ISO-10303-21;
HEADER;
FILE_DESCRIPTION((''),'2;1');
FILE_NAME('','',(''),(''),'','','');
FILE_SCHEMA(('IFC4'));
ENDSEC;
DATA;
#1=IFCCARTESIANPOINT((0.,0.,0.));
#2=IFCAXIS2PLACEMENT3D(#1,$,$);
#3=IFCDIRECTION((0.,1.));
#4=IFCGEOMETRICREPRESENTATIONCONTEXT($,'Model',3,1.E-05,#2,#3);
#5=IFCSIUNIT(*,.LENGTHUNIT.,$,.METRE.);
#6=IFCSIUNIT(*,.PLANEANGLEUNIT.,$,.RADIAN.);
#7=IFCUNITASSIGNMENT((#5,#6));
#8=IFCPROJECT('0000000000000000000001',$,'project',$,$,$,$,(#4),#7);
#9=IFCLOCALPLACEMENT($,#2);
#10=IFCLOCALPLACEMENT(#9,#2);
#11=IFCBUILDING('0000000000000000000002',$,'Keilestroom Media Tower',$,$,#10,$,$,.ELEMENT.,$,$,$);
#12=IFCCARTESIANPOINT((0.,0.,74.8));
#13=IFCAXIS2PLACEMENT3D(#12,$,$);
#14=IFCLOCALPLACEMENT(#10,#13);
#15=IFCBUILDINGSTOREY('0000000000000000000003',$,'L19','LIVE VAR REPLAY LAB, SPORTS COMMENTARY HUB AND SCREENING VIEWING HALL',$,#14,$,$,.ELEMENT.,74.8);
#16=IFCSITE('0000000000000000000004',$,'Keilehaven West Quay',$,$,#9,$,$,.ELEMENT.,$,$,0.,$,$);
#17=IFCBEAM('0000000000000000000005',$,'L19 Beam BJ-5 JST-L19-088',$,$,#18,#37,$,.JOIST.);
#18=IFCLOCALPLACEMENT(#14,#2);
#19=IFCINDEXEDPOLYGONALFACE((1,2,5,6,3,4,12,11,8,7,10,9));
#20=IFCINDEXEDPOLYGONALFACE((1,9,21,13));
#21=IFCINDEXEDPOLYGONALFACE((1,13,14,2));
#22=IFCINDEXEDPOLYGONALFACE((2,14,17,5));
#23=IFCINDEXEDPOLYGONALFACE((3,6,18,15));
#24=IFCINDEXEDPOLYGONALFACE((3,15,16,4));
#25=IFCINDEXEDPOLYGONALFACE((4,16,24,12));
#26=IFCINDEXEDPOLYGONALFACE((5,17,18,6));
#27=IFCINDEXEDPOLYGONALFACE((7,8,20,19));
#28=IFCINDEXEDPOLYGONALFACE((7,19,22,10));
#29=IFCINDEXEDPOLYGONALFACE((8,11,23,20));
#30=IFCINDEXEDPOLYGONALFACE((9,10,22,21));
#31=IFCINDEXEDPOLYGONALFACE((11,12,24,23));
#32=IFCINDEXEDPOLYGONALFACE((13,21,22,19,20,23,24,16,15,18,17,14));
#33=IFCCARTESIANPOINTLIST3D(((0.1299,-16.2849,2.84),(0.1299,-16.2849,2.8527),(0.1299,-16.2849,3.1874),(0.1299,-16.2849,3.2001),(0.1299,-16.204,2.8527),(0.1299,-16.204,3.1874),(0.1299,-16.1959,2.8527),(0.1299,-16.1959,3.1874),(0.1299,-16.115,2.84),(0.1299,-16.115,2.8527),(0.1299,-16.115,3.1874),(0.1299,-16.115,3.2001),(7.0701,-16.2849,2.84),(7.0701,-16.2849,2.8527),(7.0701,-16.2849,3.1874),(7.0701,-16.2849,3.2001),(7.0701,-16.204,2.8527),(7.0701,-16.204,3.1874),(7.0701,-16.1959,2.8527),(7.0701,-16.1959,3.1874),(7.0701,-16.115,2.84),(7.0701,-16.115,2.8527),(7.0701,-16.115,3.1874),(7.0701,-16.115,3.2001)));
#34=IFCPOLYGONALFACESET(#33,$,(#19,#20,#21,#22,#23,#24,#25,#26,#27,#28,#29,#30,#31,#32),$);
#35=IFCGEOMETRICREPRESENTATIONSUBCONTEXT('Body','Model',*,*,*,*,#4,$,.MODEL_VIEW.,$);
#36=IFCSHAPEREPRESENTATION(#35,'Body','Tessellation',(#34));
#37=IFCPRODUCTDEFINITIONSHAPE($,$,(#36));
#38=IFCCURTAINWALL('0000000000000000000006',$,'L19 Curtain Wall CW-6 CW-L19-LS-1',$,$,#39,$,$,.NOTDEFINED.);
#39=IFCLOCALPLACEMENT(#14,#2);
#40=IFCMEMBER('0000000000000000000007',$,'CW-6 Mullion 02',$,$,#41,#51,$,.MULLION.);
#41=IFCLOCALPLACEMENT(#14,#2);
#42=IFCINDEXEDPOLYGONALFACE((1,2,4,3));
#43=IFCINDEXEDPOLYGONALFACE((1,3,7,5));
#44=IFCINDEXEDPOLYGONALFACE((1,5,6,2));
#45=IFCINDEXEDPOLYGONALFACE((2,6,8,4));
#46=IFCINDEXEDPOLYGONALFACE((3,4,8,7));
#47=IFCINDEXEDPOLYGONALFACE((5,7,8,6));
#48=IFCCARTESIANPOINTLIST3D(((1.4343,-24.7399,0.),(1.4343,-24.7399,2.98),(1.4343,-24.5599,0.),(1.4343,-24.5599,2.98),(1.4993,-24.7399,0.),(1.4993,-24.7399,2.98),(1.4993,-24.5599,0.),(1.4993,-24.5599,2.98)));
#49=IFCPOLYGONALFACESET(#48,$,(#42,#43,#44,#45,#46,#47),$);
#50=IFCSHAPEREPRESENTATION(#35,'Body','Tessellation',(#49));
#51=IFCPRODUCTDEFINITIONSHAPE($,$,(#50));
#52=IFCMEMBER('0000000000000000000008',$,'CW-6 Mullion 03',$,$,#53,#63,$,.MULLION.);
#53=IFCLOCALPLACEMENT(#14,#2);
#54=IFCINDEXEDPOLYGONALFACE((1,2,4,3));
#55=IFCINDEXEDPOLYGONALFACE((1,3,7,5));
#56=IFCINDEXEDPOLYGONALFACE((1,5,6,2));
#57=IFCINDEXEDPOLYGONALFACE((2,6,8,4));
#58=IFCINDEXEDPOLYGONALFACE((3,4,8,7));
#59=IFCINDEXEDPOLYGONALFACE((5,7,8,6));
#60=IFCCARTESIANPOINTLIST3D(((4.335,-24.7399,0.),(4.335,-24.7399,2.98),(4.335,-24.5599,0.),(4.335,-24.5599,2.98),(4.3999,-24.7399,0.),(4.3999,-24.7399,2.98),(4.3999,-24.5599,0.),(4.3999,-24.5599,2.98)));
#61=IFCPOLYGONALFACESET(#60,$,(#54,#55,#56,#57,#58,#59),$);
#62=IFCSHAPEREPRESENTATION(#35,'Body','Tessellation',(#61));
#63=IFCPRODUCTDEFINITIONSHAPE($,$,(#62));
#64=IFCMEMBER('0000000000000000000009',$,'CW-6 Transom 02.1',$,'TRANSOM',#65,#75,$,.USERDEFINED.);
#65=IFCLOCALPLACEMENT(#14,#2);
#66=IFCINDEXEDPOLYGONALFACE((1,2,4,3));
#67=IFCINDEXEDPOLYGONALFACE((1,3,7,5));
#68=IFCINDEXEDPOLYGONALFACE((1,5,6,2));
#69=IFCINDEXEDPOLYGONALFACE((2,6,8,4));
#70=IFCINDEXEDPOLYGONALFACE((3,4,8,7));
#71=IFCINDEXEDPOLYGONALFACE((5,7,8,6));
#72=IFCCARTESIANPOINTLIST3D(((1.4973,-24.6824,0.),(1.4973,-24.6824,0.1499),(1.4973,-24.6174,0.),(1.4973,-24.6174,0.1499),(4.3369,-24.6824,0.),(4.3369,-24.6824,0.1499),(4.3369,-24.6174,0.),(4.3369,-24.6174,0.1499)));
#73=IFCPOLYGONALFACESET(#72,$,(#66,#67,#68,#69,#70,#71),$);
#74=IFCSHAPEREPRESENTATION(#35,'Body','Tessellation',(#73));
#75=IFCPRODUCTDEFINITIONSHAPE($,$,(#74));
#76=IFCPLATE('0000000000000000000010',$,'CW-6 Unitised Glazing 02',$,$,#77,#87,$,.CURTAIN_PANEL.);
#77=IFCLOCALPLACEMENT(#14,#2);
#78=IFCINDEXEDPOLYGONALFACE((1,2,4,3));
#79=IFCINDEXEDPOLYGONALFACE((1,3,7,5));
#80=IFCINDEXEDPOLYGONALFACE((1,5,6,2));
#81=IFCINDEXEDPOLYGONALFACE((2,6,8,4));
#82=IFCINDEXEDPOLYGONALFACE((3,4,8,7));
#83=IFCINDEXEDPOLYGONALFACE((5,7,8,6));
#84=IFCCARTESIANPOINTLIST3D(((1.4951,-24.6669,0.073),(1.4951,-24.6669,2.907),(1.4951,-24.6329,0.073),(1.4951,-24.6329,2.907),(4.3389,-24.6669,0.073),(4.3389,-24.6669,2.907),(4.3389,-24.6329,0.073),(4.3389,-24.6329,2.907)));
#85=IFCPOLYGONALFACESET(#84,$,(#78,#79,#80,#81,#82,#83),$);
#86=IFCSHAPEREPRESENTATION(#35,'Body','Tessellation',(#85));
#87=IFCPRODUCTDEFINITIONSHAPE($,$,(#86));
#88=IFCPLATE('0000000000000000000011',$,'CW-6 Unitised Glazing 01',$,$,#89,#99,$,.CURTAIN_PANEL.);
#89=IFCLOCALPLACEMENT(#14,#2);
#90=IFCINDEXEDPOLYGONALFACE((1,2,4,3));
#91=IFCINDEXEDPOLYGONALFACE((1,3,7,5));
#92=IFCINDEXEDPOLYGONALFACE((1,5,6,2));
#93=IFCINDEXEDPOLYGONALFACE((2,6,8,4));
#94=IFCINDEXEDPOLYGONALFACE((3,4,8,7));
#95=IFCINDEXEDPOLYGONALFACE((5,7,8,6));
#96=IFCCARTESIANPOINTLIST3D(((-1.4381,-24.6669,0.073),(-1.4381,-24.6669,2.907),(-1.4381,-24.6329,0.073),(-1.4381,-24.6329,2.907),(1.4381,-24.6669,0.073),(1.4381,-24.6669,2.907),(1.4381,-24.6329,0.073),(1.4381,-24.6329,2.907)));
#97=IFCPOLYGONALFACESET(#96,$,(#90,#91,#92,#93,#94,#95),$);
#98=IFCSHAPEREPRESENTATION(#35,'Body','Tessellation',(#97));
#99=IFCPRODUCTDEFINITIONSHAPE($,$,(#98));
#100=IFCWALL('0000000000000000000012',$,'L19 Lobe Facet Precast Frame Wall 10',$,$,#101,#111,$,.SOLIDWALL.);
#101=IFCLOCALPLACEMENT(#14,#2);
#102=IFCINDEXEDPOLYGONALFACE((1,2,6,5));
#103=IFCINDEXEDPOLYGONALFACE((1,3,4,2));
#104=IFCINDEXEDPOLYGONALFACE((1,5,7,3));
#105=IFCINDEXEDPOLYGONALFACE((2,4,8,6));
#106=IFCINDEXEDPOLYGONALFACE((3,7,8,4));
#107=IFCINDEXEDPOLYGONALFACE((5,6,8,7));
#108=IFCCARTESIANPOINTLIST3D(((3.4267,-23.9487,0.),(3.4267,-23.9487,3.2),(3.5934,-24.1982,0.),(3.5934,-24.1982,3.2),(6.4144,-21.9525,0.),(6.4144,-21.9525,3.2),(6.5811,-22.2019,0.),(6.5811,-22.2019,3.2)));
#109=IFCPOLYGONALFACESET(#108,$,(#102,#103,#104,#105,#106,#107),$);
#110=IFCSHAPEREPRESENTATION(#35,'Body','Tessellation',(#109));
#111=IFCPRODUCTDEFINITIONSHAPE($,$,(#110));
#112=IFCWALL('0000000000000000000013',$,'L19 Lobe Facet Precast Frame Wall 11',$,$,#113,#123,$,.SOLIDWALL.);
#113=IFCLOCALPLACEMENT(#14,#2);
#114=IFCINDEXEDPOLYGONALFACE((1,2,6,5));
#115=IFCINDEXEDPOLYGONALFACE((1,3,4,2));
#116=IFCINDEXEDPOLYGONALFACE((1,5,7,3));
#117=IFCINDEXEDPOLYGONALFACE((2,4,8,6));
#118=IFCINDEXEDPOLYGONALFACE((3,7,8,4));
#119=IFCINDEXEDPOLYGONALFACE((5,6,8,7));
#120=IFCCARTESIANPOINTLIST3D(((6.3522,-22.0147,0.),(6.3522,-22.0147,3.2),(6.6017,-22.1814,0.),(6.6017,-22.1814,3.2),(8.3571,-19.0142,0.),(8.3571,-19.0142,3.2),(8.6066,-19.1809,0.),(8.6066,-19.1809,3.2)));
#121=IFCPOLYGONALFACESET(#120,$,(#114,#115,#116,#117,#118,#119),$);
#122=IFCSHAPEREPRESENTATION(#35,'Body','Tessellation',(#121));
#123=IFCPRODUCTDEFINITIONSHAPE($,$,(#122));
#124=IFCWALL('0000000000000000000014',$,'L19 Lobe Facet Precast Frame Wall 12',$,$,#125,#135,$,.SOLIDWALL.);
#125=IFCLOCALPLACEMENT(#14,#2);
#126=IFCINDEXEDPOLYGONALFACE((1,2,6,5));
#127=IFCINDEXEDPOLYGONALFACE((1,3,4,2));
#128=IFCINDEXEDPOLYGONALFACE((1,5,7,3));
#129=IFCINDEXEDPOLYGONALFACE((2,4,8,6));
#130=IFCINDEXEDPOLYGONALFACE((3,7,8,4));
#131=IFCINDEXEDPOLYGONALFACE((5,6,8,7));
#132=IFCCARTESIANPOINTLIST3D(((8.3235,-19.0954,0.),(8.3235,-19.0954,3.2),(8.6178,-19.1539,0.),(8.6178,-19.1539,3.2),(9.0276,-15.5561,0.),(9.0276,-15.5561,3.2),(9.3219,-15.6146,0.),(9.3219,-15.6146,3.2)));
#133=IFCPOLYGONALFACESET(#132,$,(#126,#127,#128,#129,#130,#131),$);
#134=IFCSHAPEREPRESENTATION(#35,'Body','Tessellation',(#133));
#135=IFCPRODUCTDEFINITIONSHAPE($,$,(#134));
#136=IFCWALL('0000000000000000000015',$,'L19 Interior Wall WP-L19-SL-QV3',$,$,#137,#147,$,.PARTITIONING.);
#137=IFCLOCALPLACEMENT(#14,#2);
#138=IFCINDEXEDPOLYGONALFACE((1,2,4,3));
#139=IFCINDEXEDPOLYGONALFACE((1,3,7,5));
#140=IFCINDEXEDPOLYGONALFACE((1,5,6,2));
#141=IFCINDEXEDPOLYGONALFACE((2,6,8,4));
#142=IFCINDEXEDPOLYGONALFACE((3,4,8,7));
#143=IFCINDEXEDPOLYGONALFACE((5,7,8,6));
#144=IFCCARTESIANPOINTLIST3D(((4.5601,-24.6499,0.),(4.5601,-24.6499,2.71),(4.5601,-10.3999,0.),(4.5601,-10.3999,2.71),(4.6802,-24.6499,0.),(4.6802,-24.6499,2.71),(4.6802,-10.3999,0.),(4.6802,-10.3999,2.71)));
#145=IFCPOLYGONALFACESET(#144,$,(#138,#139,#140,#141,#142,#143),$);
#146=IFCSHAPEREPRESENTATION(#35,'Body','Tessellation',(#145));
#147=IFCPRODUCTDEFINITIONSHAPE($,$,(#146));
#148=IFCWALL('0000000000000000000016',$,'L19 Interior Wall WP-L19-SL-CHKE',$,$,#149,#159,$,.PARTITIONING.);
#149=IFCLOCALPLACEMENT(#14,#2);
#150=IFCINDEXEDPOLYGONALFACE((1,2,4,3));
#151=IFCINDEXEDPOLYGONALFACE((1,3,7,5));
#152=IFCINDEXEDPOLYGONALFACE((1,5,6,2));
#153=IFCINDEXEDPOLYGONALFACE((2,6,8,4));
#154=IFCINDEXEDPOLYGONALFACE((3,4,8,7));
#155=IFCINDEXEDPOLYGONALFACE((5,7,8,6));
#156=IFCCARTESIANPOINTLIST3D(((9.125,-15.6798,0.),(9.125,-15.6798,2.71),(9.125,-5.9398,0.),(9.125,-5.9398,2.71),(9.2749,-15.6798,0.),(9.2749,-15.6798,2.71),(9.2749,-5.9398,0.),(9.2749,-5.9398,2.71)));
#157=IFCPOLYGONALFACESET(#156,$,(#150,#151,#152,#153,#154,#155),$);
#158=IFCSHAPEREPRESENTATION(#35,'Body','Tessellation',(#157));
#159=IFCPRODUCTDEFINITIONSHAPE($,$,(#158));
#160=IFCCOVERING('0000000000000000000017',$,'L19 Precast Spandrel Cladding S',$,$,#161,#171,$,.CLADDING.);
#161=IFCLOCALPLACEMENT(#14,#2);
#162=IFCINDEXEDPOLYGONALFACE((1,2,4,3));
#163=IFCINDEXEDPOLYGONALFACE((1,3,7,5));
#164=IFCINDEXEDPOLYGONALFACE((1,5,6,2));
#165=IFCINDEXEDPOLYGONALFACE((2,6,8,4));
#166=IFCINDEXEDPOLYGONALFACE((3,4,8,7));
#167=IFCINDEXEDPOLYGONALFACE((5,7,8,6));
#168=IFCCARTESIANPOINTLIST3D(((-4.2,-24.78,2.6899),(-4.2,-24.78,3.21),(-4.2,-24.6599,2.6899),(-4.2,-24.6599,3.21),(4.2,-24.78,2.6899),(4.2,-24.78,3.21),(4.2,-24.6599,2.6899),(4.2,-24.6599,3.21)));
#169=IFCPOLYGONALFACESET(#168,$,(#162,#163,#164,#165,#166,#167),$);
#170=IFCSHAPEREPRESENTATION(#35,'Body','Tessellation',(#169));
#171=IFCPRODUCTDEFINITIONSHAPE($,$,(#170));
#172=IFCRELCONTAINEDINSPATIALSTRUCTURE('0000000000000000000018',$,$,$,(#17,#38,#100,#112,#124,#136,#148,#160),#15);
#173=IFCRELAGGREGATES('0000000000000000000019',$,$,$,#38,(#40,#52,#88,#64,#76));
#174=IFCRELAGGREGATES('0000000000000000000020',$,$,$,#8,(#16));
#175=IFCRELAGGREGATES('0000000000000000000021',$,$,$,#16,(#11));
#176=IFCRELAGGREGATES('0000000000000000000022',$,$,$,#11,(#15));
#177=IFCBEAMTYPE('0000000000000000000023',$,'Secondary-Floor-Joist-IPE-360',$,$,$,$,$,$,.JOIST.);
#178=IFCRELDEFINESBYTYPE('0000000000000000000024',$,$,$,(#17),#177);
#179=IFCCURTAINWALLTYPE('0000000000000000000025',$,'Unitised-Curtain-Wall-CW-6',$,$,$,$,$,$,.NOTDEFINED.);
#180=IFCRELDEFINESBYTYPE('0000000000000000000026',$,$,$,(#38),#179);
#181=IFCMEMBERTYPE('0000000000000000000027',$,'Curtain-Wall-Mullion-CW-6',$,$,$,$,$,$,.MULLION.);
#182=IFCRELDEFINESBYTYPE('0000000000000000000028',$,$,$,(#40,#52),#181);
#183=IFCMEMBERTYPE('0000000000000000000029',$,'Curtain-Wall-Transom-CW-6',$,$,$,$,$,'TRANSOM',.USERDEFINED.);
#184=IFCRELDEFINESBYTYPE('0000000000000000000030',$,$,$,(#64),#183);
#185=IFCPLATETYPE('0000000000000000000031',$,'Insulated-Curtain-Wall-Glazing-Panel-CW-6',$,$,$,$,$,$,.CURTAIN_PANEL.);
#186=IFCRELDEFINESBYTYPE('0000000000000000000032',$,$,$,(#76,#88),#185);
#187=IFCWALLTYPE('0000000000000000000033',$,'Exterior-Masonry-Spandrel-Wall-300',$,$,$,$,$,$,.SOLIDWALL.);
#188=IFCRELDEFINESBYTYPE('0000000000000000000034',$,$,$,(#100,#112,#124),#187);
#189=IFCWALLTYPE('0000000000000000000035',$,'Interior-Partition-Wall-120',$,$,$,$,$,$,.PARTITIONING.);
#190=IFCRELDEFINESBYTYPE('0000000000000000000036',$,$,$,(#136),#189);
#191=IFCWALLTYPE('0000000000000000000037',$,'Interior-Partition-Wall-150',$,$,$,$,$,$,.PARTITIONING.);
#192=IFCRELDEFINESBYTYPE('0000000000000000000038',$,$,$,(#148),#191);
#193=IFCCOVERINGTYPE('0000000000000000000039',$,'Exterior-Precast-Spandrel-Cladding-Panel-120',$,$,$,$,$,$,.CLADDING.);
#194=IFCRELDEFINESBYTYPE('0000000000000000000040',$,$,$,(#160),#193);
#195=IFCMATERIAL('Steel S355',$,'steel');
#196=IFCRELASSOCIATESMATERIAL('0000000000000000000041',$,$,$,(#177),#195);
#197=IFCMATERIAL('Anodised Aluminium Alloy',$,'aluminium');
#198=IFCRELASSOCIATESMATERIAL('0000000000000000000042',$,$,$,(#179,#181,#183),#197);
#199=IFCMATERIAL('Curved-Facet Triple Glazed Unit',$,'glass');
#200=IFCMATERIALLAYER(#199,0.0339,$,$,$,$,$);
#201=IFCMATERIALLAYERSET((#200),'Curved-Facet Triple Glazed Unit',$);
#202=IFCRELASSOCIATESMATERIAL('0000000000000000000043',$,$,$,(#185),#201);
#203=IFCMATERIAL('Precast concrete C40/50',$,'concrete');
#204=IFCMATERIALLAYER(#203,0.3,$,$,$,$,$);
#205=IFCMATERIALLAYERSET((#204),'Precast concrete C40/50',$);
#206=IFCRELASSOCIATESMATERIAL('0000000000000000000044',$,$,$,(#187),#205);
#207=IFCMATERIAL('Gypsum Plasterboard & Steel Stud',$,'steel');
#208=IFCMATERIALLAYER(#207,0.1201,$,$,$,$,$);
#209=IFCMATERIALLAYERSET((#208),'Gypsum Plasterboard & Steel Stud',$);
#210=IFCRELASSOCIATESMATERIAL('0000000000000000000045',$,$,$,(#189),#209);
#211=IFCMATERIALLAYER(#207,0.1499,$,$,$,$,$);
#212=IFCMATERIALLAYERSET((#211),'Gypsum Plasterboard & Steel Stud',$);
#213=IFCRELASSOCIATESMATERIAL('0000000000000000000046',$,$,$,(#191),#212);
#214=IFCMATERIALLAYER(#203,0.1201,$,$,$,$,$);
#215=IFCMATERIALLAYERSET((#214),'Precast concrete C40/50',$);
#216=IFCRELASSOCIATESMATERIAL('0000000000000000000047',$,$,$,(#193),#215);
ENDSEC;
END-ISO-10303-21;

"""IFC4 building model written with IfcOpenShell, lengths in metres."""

from ifc_helpers import new_model, si_unit, direction, frame, frame_2d, origin, origin_2d, place, context, subcontext, project, spatial, rectangle, i_section, extrude, source, transform, mapped, material, layer, layer_set, material_profile, profile_set, type_object, element, aggregate, save


model = new_model("IFC4")

# Units and contexts
model_context = context("Model", 3, precision=1e-05, world=origin(), true_north=direction((0.0, 1.0)))
body_context = subcontext(model_context, "Body", "Model", "MODEL_VIEW")
ifc_project = project(units=[si_unit("LENGTHUNIT", "METRE"), si_unit("PLANEANGLEUNIT", "RADIAN")], contexts=[model_context])

# Site, building, storey
site_placement = place(None, origin())
site = spatial("IfcSite", under=ifc_project, at=site_placement, Name="Keilehaven West Quay", CompositionType="ELEMENT", RefElevation=0.0)
building_placement = place(site_placement, origin())
building = spatial("IfcBuilding", under=site, at=building_placement, Name="Keilestroom Media Tower", CompositionType="ELEMENT")
storey_placement = place(building_placement, frame((0.0, 0.0, 74.8)))
storey = spatial("IfcBuildingStorey", under=building, at=storey_placement, Name="L19", Description="LIVE VAR REPLAY LAB, SPORTS COMMENTARY HUB AND SCREENING VIEWING HALL", CompositionType="ELEMENT", Elevation=74.8)

# Beam
ifc_material_1 = material(Name="Steel S355", Category="steel")
ifc_material_profile_1 = material_profile(ifc_material_1, i_section(OverallWidth=0.1699, OverallDepth=0.3601, WebThickness=0.0081, FlangeThickness=0.0127, at=origin_2d()), Name="IPE 360")
ifc_profile_set_1 = profile_set([ifc_material_profile_1], Name="Steel S355")
beam_type_1 = type_object("IfcBeamType", Name="Secondary-Floor-Joist-IPE-360", PredefinedType="JOIST", material=ifc_profile_set_1)
shared_shape_1 = source(origin(), body_context, "Body", "SweptSolid", [
    extrude(i_section(OverallWidth=0.1699, OverallDepth=0.3601, WebThickness=0.0081, FlangeThickness=0.0127, at=origin_2d()), origin(), (0.0, 0.0, 1.0), 6.9402),
])
beam_1_placement = place(storey_placement, frame((0.1299, -16.2, 3.02), z_axis=(1.0, 0.0, 0.0), x_axis=(0.0, 1.0, 0.0)))
element("IfcBeam", 1, at=beam_1_placement, inside=storey, type_object=beam_type_1, Name="L19 Beam BJ-5 JST-L19-088", PredefinedType="JOIST", context=body_context, shape_type="MappedRepresentation", body=[
    mapped(shared_shape_1, transform((0.0, 0.0, 0.0), x_axis=(1.0, 0.0, 0.0), y_axis=(0.0, 1.0, 0.0), z_axis=(0.0, 0.0, 1.0), scale=1.0)),
])

# Curtain wall, members, plates
ifc_material_2 = material(Name="Anodised Aluminium Alloy", Category="aluminium")
curtain_wall_type = type_object("IfcCurtainWallType", Name="Unitised-Curtain-Wall-CW-6", PredefinedType="NOTDEFINED", material=ifc_material_2)
curtain_wall_placement = place(storey_placement, origin())
curtain_wall = element("IfcCurtainWall", 2, at=curtain_wall_placement, inside=storey, type_object=curtain_wall_type, Name="L19 Curtain Wall CW-6 CW-L19-LS-1", PredefinedType="NOTDEFINED")
ifc_material_profile_2 = material_profile(ifc_material_2, rectangle(XDim=0.0649, YDim=0.1799, at=origin_2d()), Name="ALU MULLION 65x180")
ifc_profile_set_2 = profile_set([ifc_material_profile_2], Name="Anodised Aluminium Alloy")
member_type_1 = type_object("IfcMemberType", Name="Curtain-Wall-Mullion-CW-6", PredefinedType="MULLION", material=ifc_profile_set_2)
shared_shape_2 = source(origin(), body_context, "Body", "SweptSolid", [
    extrude(rectangle(XDim=0.0649, YDim=0.1799, at=origin_2d()), origin(), (0.0, 0.0, 1.0), 2.98),
])
member_1_placement = place(storey_placement, frame((1.4668, -24.6499, 0.0), z_axis=(0.0, 0.0, 1.0), x_axis=(1.0, 0.0, 0.0)))
member_1 = element("IfcMember", 3, at=member_1_placement, type_object=member_type_1, Name="CW-6 Mullion 02", PredefinedType="MULLION", context=body_context, shape_type="MappedRepresentation", body=[
    mapped(shared_shape_2, transform((0.0, 0.0, 0.0), x_axis=(1.0, 0.0, 0.0), y_axis=(0.0, 1.0, 0.0), z_axis=(0.0, 0.0, 1.0), scale=1.0)),
])
member_2_placement = place(storey_placement, frame((4.3674, -24.6499, 0.0), z_axis=(0.0, 0.0, 1.0), x_axis=(1.0, 0.0, 0.0)))
member_2 = element("IfcMember", 4, at=member_2_placement, type_object=member_type_1, Name="CW-6 Mullion 03", PredefinedType="MULLION", context=body_context, shape_type="MappedRepresentation", body=[
    mapped(shared_shape_2, transform((0.0, 0.0, 0.0), x_axis=(1.0, 0.0, 0.0), y_axis=(0.0, 1.0, 0.0), z_axis=(0.0, 0.0, 1.0), scale=1.0)),
])
ifc_material_profile_3 = material_profile(ifc_material_2, rectangle(XDim=0.0649, YDim=0.1499, at=origin_2d()), Name="ALU TRANSOM 65x150")
ifc_profile_set_3 = profile_set([ifc_material_profile_3], Name="Anodised Aluminium Alloy")
member_type_2 = type_object("IfcMemberType", Name="Curtain-Wall-Transom-CW-6", ElementType="TRANSOM", PredefinedType="USERDEFINED", material=ifc_profile_set_3)
shared_shape_3 = source(origin(), body_context, "Body", "SweptSolid", [
    extrude(rectangle(XDim=0.0649, YDim=0.1499, at=origin_2d()), origin(), (0.0, 0.0, 1.0), 2.8396),
])
member_3_placement = place(storey_placement, frame((1.4973, -24.6499, 0.075), z_axis=(1.0, 0.0, 0.0), x_axis=(0.0, 1.0, 0.0)))
member_3 = element("IfcMember", 5, at=member_3_placement, type_object=member_type_2, Name="CW-6 Transom 02.1", ObjectType="TRANSOM", PredefinedType="USERDEFINED", context=body_context, shape_type="MappedRepresentation", body=[
    mapped(shared_shape_3, transform((0.0, 0.0, 0.0), x_axis=(1.0, 0.0, 0.0), y_axis=(0.0, 1.0, 0.0), z_axis=(0.0, 0.0, 1.0), scale=1.0)),
])
ifc_material_3 = material(Name="Curved-Facet Triple Glazed Unit", Category="glass")
ifc_layer_1 = layer(ifc_material_3, 0.0339)
ifc_layer_set_1 = layer_set([ifc_layer_1], Name="Curved-Facet Triple Glazed Unit")
plate_type = type_object("IfcPlateType", Name="Insulated-Curtain-Wall-Glazing-Panel-CW-6", PredefinedType="CURTAIN_PANEL", material=ifc_layer_set_1)
shared_shape_4 = source(origin(), body_context, "Body", "SweptSolid", [
    extrude(rectangle(XDim=2.8438, YDim=0.0339, at=origin_2d()), origin(), (0.0, 0.0, 1.0), 2.834),
])
plate_1_placement = place(storey_placement, frame((2.917, -24.6499, 0.073), z_axis=(0.0, 0.0, 1.0), x_axis=(1.0, 0.0, 0.0)))
plate_1 = element("IfcPlate", 6, at=plate_1_placement, type_object=plate_type, Name="CW-6 Unitised Glazing 02", PredefinedType="CURTAIN_PANEL", context=body_context, shape_type="MappedRepresentation", body=[
    mapped(shared_shape_4, transform((0.0, 0.0, 0.0), x_axis=(1.0, 0.0, 0.0), y_axis=(0.0, 1.0, 0.0), z_axis=(0.0, 0.0, 1.0), scale=1.0)),
])
shared_shape_5 = source(origin(), body_context, "Body", "SweptSolid", [
    extrude(rectangle(XDim=2.8762, YDim=0.0339, at=origin_2d()), origin(), (0.0, 0.0, 1.0), 2.834),
])
plate_2_placement = place(storey_placement, frame((0.0, -24.6499, 0.073), z_axis=(0.0, 0.0, 1.0), x_axis=(1.0, 0.0, 0.0)))
plate_2 = element("IfcPlate", 7, at=plate_2_placement, type_object=plate_type, Name="CW-6 Unitised Glazing 01", PredefinedType="CURTAIN_PANEL", context=body_context, shape_type="MappedRepresentation", body=[
    mapped(shared_shape_5, transform((0.0, 0.0, 0.0), x_axis=(1.0, 0.0, 0.0), y_axis=(0.0, 1.0, 0.0), z_axis=(0.0, 0.0, 1.0), scale=1.0)),
])
aggregate(curtain_wall, [member_1, member_2, plate_2, member_3, plate_1])

# Walls
ifc_material_4 = material(Name="Precast concrete C40/50", Category="concrete")
ifc_layer_2 = layer(ifc_material_4, 0.3)
ifc_layer_set_2 = layer_set([ifc_layer_2], Name="Precast concrete C40/50")
wall_type_1 = type_object("IfcWallType", Name="Exterior-Masonry-Spandrel-Wall-300", PredefinedType="SOLIDWALL", material=ifc_layer_set_2)
wall_1_placement = place(storey_placement, frame((3.51, -24.0735, 0.0), z_axis=(0.0, 0.0, 1.0), x_axis=(0.831475, 0.555562, 0.0)))
element("IfcWall", 8, at=wall_1_placement, inside=storey, type_object=wall_type_1, Name="L19 Lobe Facet Precast Frame Wall 10", PredefinedType="SOLIDWALL", context=body_context, shape_type="SweptSolid", body=[
    extrude(rectangle(XDim=3.5933, YDim=0.3, at=frame_2d((1.7966, 0.0))), origin(), (0.0, 0.0, 1.0), 3.2),
])
for number, where, z_axis, x_axis, name in (
    (9, (6.4771, -22.0979, 0.0), (0.0, 0.0, 1.0), (0.555574, 0.831467, 0.0), "L19 Lobe Facet Precast Frame Wall 11"),
    (10, (8.4707, -19.1245, 0.0), (0.0, 0.0, 1.0), (0.195114, 0.980781, 0.0), "L19 Lobe Facet Precast Frame Wall 12"),
):
    element("IfcWall", number, at=place(storey_placement, frame(where, z_axis=z_axis, x_axis=x_axis)), inside=storey, type_object=wall_type_1, Name=name, PredefinedType="SOLIDWALL", context=body_context, shape_type="SweptSolid", body=[
        extrude(rectangle(XDim=3.6086, YDim=0.3, at=frame_2d((1.8042, 0.0))), origin(), (0.0, 0.0, 1.0), 3.2),
    ])
ifc_material_5 = material(Name="Gypsum Plasterboard & Steel Stud", Category="steel")
ifc_layer_3 = layer(ifc_material_5, 0.1201)
ifc_layer_set_3 = layer_set([ifc_layer_3], Name="Gypsum Plasterboard & Steel Stud")
wall_type_2 = type_object("IfcWallType", Name="Interior-Partition-Wall-120", PredefinedType="PARTITIONING", material=ifc_layer_set_3)
wall_2_placement = place(storey_placement, frame((4.6201, -24.6499, 0.0), z_axis=(0.0, 0.0, 1.0), x_axis=(0.0, 1.0, 0.0)))
element("IfcWall", 11, at=wall_2_placement, inside=storey, type_object=wall_type_2, Name="L19 Interior Wall WP-L19-SL-QV3", PredefinedType="PARTITIONING", context=body_context, shape_type="SweptSolid", body=[
    extrude(rectangle(XDim=14.25, YDim=0.1201, at=frame_2d((7.125, 0.0))), origin(), (0.0, 0.0, 1.0), 2.71),
])
ifc_layer_4 = layer(ifc_material_5, 0.1499)
ifc_layer_set_4 = layer_set([ifc_layer_4], Name="Gypsum Plasterboard & Steel Stud")
wall_type_3 = type_object("IfcWallType", Name="Interior-Partition-Wall-150", PredefinedType="PARTITIONING", material=ifc_layer_set_4)
wall_3_placement = place(storey_placement, frame((9.2, -15.6799, 0.0), z_axis=(0.0, 0.0, 1.0), x_axis=(0.0, 1.0, 0.0)))
element("IfcWall", 12, at=wall_3_placement, inside=storey, type_object=wall_type_3, Name="L19 Interior Wall WP-L19-SL-CHKE", PredefinedType="PARTITIONING", context=body_context, shape_type="SweptSolid", body=[
    extrude(rectangle(XDim=9.74, YDim=0.1499, at=frame_2d((4.8701, 0.0))), origin(), (0.0, 0.0, 1.0), 2.71),
])

# Covering
ifc_layer_5 = layer(ifc_material_4, 0.1201)
ifc_layer_set_5 = layer_set([ifc_layer_5], Name="Precast concrete C40/50")
covering_type = type_object("IfcCoveringType", Name="Exterior-Precast-Spandrel-Cladding-Panel-120", PredefinedType="CLADDING", material=ifc_layer_set_5)
shared_shape_6 = source(origin(), body_context, "Body", "SweptSolid", [
    extrude(rectangle(XDim=8.3999, YDim=0.1201, at=origin_2d()), origin(), (0.0, 0.0, 1.0), 0.52),
])
covering_1_placement = place(storey_placement, frame((0.0, -24.72, 2.6899), z_axis=(0.0, 0.0, 1.0), x_axis=(1.0, 0.0, 0.0)))
element("IfcCovering", 13, at=covering_1_placement, inside=storey, type_object=covering_type, Name="L19 Precast Spandrel Cladding S", PredefinedType="CLADDING", context=body_context, shape_type="MappedRepresentation", body=[
    mapped(shared_shape_6, transform((0.0, 0.0, 0.0), x_axis=(1.0, 0.0, 0.0), y_axis=(0.0, 1.0, 0.0), z_axis=(0.0, 0.0, 1.0), scale=1.0)),
])

save(model, "model.ifc")
